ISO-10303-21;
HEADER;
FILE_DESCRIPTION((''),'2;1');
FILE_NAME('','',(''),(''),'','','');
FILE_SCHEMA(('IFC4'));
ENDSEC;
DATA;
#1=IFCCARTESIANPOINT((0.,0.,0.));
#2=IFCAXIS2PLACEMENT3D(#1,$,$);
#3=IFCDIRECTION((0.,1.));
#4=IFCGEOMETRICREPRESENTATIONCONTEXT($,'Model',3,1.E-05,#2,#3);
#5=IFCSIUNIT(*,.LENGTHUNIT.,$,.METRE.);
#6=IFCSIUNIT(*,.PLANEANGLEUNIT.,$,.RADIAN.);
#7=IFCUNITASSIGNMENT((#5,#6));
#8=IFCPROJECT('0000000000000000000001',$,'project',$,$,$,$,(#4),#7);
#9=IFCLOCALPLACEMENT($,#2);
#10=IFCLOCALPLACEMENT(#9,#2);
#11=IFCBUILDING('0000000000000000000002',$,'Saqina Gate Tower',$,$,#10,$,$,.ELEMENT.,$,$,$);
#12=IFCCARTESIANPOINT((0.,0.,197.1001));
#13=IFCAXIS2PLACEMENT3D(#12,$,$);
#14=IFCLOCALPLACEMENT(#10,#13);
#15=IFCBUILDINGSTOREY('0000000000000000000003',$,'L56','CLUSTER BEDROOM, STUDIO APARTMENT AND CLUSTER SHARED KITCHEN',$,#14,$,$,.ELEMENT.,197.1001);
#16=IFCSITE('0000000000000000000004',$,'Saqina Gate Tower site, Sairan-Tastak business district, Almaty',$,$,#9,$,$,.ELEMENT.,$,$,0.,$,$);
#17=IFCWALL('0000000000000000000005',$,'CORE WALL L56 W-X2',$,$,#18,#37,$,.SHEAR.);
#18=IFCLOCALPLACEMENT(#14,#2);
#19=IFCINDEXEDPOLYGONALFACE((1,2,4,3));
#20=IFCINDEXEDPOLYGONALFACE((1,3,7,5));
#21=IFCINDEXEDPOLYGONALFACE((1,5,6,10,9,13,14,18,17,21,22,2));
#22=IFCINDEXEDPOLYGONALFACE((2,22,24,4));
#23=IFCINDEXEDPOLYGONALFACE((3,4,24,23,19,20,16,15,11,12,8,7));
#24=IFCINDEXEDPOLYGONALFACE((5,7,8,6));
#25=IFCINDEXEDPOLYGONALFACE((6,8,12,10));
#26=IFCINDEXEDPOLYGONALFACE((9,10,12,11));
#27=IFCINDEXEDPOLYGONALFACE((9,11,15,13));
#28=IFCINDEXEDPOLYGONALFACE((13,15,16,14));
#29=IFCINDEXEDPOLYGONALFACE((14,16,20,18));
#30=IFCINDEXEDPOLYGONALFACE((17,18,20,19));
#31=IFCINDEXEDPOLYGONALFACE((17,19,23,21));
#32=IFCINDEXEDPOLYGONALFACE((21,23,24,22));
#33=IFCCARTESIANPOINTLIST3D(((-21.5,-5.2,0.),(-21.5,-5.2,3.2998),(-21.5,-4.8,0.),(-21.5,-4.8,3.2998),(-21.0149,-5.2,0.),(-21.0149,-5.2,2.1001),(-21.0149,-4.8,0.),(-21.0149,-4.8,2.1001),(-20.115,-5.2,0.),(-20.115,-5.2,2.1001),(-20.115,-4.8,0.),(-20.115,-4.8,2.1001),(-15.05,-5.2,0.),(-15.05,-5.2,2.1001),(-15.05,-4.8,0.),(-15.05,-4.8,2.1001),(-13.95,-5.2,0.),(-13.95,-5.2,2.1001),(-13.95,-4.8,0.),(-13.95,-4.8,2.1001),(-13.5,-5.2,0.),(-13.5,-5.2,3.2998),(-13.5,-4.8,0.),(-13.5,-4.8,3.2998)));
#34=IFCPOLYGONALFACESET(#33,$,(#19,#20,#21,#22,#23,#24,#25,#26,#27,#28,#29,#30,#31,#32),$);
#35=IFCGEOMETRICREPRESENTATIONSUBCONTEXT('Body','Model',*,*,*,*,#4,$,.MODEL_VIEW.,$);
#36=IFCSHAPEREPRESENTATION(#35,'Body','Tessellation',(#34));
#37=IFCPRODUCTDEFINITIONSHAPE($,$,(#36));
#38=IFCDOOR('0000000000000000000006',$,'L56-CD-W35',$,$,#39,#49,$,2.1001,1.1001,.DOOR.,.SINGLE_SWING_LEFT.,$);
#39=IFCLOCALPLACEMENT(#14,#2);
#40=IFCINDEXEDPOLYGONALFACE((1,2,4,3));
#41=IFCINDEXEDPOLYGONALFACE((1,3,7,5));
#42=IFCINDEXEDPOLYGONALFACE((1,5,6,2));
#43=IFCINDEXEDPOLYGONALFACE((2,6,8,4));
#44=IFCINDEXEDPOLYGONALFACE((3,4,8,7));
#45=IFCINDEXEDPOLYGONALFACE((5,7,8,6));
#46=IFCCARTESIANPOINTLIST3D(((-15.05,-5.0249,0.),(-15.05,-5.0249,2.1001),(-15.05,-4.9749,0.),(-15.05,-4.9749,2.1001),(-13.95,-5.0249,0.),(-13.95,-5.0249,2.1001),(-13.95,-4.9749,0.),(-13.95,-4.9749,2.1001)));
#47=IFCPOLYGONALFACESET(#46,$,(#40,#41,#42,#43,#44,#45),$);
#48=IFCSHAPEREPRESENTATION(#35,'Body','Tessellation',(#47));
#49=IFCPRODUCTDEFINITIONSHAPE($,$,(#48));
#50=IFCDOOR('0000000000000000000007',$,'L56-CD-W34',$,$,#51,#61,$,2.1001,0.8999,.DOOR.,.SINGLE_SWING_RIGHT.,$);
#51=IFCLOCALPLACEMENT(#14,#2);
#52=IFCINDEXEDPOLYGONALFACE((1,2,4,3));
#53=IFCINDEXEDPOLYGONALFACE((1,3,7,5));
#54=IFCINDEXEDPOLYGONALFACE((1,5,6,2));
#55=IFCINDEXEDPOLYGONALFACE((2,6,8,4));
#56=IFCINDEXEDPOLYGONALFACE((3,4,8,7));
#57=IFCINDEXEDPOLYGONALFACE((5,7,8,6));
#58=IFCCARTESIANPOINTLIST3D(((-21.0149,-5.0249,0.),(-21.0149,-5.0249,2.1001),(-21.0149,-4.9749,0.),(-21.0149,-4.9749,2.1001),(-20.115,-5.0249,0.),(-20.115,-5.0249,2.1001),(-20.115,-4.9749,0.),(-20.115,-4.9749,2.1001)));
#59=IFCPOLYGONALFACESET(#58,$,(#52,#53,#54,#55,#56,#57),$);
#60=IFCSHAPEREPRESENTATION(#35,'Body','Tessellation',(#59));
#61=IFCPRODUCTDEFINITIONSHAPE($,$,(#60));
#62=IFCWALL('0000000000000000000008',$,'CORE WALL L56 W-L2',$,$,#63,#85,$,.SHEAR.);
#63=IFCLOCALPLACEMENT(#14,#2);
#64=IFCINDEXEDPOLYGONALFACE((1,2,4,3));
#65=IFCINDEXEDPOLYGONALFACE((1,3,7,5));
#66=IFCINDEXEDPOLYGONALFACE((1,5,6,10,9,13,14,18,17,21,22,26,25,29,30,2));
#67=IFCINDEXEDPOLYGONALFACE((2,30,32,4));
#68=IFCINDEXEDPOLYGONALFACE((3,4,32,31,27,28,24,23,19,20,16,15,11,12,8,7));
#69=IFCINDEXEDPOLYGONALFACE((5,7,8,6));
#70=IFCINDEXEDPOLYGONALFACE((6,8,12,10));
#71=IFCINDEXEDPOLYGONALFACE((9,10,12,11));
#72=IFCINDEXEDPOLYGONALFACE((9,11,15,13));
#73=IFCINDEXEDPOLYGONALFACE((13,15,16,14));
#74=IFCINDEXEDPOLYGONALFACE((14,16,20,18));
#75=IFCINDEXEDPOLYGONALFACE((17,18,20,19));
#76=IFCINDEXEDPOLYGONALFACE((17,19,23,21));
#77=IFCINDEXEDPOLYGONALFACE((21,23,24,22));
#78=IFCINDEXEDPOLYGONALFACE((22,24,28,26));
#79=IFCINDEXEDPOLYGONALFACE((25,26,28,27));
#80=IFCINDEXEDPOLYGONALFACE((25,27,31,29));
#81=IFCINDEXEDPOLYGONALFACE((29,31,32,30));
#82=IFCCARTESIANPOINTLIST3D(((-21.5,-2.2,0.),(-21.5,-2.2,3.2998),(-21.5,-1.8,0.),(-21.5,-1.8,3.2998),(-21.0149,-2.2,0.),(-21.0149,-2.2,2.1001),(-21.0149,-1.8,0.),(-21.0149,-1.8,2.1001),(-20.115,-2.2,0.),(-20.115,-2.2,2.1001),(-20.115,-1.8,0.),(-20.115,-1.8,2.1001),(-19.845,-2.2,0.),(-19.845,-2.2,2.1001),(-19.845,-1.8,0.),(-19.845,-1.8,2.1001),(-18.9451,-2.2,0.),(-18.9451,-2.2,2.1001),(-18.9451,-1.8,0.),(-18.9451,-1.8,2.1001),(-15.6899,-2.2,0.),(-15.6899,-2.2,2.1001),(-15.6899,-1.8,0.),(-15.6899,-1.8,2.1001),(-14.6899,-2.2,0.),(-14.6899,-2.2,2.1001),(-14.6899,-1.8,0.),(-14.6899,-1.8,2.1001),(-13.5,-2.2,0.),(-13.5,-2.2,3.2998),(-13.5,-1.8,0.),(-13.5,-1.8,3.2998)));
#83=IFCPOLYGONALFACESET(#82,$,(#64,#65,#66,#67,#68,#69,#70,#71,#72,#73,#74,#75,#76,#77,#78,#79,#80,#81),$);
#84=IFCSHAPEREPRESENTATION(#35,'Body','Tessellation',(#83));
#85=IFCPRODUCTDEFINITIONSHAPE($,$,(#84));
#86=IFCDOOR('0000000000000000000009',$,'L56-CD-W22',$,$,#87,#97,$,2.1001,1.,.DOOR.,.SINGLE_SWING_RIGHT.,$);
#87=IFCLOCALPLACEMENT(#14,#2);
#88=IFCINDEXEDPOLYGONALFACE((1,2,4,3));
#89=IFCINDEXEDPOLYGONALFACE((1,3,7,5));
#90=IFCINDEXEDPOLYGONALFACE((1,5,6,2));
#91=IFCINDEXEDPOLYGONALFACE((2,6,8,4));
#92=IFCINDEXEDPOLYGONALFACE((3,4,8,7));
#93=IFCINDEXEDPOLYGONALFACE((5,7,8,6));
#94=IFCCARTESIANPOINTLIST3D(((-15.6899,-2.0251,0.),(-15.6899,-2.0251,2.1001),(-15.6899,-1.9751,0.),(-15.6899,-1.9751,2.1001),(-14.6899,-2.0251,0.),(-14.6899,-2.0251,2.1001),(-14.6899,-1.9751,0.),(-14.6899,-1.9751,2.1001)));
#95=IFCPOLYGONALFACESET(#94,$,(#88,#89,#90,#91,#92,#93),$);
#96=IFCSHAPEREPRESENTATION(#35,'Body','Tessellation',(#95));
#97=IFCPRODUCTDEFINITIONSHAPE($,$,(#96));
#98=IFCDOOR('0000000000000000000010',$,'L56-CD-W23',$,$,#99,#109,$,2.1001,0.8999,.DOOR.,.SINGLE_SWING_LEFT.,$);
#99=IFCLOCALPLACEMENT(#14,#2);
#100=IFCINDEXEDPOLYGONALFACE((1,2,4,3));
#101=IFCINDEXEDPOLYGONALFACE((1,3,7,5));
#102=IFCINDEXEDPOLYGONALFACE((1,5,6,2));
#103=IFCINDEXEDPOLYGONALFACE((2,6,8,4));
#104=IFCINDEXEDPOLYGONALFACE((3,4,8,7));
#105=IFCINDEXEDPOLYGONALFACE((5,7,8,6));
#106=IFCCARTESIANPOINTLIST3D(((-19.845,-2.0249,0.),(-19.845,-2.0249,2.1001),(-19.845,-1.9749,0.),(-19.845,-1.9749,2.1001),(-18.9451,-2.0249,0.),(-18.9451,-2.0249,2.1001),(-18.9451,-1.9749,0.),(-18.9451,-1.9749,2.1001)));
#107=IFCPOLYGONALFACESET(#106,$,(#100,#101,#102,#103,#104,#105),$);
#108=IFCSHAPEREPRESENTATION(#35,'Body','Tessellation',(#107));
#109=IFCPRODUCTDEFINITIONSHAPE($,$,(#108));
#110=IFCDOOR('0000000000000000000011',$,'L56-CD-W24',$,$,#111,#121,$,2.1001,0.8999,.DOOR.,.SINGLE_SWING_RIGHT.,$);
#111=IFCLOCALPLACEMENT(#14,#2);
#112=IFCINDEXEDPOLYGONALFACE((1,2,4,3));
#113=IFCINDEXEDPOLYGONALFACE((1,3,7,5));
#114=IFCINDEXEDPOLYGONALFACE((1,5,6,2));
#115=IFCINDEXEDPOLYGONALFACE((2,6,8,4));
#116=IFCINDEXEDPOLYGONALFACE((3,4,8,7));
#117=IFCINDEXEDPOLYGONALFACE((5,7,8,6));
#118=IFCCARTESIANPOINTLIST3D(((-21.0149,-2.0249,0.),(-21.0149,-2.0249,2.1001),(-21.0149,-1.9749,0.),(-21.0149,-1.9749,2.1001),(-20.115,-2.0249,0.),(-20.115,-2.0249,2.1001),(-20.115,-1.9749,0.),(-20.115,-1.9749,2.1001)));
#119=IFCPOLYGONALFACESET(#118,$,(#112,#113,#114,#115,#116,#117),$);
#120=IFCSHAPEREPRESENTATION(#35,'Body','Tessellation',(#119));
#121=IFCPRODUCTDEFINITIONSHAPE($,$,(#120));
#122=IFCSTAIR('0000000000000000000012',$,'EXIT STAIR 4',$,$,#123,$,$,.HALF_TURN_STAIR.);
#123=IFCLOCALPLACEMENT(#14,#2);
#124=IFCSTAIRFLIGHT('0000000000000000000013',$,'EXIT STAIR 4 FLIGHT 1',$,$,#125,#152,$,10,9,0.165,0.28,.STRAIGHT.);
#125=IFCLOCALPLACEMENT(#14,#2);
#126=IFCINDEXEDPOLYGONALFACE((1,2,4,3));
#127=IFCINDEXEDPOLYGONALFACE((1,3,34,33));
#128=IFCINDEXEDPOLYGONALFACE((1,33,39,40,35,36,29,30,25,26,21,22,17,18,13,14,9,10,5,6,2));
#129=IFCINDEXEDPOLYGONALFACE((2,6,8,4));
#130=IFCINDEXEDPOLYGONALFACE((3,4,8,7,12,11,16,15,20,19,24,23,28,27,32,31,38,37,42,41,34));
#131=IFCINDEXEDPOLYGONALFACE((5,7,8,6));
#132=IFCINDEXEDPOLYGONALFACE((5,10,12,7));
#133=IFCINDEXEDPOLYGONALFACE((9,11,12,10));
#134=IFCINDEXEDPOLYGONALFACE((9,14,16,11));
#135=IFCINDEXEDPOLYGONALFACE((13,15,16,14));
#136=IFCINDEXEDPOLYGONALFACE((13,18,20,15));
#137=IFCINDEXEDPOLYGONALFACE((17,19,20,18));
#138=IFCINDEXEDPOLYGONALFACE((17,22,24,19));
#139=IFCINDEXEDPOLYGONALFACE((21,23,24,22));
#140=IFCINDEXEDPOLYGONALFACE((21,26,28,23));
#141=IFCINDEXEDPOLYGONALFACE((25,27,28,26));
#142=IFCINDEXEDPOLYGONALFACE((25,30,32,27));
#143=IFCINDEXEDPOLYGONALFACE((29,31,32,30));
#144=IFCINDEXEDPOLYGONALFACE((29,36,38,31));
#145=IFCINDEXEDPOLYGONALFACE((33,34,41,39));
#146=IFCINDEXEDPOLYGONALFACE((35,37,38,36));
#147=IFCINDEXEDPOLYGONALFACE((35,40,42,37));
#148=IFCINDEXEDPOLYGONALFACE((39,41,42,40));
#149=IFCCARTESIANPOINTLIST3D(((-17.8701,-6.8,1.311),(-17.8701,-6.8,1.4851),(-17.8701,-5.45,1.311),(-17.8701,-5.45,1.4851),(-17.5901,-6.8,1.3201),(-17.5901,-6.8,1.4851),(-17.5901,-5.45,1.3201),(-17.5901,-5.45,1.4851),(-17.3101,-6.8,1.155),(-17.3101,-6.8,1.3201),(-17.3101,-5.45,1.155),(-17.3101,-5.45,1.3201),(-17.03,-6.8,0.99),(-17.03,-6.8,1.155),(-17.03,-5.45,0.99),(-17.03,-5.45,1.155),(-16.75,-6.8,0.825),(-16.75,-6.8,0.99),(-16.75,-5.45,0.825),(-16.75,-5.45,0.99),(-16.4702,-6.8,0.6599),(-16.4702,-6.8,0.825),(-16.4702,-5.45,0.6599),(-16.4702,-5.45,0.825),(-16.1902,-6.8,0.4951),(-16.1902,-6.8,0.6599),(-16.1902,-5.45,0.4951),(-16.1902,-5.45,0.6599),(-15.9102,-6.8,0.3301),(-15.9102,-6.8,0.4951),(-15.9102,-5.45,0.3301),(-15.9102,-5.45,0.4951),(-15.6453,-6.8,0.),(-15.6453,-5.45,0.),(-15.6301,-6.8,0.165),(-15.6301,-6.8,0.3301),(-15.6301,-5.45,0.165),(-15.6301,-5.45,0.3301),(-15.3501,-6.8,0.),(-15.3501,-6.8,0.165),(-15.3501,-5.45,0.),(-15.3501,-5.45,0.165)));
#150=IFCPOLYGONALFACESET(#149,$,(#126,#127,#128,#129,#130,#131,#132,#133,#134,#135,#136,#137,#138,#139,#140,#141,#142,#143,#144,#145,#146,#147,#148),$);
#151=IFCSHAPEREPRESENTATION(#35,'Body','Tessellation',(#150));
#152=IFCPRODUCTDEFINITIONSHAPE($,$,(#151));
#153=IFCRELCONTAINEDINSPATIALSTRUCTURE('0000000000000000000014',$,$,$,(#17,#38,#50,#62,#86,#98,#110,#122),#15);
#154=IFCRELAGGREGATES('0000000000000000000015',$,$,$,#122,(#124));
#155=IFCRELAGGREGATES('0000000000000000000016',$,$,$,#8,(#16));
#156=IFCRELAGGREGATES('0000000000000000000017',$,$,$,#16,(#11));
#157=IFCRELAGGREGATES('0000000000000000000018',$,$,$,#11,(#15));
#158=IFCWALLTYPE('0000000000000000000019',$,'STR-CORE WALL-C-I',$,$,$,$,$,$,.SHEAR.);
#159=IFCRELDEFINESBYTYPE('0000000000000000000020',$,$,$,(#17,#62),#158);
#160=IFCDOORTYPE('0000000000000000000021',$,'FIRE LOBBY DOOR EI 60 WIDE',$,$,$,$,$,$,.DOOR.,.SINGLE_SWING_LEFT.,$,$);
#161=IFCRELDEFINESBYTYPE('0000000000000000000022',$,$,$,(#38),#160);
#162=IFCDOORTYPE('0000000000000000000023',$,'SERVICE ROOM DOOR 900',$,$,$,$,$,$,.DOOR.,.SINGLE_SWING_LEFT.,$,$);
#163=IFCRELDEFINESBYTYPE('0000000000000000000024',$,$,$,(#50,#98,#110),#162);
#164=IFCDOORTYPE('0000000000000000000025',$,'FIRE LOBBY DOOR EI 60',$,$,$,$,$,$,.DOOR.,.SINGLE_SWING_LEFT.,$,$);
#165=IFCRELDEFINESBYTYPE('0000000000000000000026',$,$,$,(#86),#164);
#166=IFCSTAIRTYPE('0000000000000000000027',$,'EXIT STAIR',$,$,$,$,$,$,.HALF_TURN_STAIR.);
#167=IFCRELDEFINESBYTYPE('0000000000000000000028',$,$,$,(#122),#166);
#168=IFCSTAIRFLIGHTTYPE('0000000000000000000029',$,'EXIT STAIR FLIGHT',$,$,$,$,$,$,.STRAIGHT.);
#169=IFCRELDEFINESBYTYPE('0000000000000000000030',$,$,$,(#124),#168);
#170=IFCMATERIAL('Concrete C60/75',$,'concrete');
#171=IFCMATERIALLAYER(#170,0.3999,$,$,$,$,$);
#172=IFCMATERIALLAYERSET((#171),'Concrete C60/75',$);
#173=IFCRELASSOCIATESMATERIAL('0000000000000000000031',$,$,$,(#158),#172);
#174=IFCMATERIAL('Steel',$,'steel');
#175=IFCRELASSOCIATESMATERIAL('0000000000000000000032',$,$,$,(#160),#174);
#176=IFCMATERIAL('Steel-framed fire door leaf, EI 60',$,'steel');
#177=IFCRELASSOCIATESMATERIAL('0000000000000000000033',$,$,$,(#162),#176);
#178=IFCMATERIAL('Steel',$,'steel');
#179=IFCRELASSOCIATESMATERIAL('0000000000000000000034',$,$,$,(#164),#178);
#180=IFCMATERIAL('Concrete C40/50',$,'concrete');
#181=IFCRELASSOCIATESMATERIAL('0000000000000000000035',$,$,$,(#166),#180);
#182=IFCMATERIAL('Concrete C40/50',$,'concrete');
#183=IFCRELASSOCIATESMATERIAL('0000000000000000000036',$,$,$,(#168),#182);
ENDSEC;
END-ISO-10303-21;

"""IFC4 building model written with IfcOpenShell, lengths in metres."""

from ifc_helpers import new_model, si_unit, direction, frame, frame_2d, origin, place, context, subcontext, project, spatial, polyline, rectangle, outline, extrude, material, layer, layer_set, type_object, element, fill, aggregate, save


model = new_model("IFC4")

# Units and contexts
model_context = context("Model", 3, precision=1e-05, world=origin(), true_north=direction((0.0, 1.0)))
body_context = subcontext(model_context, "Body", "Model", "MODEL_VIEW")
ifc_project = project(units=[si_unit("LENGTHUNIT", "METRE"), si_unit("PLANEANGLEUNIT", "RADIAN")], contexts=[model_context])

# Site, building, storey
site_placement = place(None, origin())
site = spatial("IfcSite", under=ifc_project, at=site_placement, Name="Saqina Gate Tower site, Sairan-Tastak business district, Almaty", CompositionType="ELEMENT", RefElevation=0.0)
building_placement = place(site_placement, origin())
building = spatial("IfcBuilding", under=site, at=building_placement, Name="Saqina Gate Tower", CompositionType="ELEMENT")
storey_placement = place(building_placement, frame((0.0, 0.0, 197.1001)))
storey = spatial("IfcBuildingStorey", under=building, at=storey_placement, Name="L56", Description="CLUSTER BEDROOM, STUDIO APARTMENT AND CLUSTER SHARED KITCHEN", CompositionType="ELEMENT", Elevation=197.1001)

# Walls, openings, doors
ifc_material_1 = material(Name="Concrete C60/75", Category="concrete")
ifc_layer_1 = layer(ifc_material_1, 0.3999)
ifc_layer_set_1 = layer_set([ifc_layer_1], Name="Concrete C60/75")
wall_type_1 = type_object("IfcWallType", Name="STR-CORE WALL-C-I", PredefinedType="SHEAR", material=ifc_layer_set_1)
wall_1_placement = place(storey_placement, frame((-13.5, -5.0, 0.0), z_axis=(0.0, 0.0, 1.0), x_axis=(-1.0, 0.0, 0.0)))
wall_1 = element("IfcWall", 1, at=wall_1_placement, inside=storey, type_object=wall_type_1, Name="CORE WALL L56 W-X2", PredefinedType="SHEAR", context=body_context, shape_type="SweptSolid", body=[
    extrude(rectangle(XDim=8.0, YDim=0.3999, at=frame_2d((4.0, 0.0))), origin(), (0.0, 0.0, 1.0), 3.2998),
])
opening_1_placement = place(wall_1_placement, frame((6.615, 0.0, 0.0)))
opening_1 = element("IfcOpeningElement", 2, at=opening_1_placement, cuts=wall_1, PredefinedType="OPENING", context=body_context, shape_type="SweptSolid", body=[
    extrude(rectangle(XDim=0.8999, YDim=2.1001, at=frame_2d((0.45, 1.05))), frame((0.0, 0.2119, 0.0), z_axis=(0.0, -1.0, 0.0), x_axis=(1.0, 0.0, 0.0)), (0.0, 0.0, 1.0), 0.4238),
])
opening_2_placement = place(wall_1_placement, frame((0.45, 0.0, 0.0)))
opening_2 = element("IfcOpeningElement", 3, at=opening_2_placement, cuts=wall_1, PredefinedType="OPENING", context=body_context, shape_type="SweptSolid", body=[
    extrude(rectangle(XDim=1.1001, YDim=2.1001, at=frame_2d((0.55, 1.05))), frame((0.0, 0.2119, 0.0), z_axis=(0.0, -1.0, 0.0), x_axis=(1.0, 0.0, 0.0)), (0.0, 0.0, 1.0), 0.4238),
])
ifc_material_2 = material(Name="Steel", Category="steel")
door_type_1 = type_object("IfcDoorType", Name="FIRE LOBBY DOOR EI 60 WIDE", OperationType="SINGLE_SWING_LEFT", PredefinedType="DOOR", material=ifc_material_2)
door_1_placement = place(opening_2_placement, origin())
door_1 = element("IfcDoor", 4, at=door_1_placement, inside=storey, type_object=door_type_1, Name="L56-CD-W35", OperationType="SINGLE_SWING_LEFT", OverallHeight=2.1001, OverallWidth=1.1001, PredefinedType="DOOR", context=body_context, shape_type="SweptSolid", body=[
    extrude(rectangle(XDim=1.1001, YDim=2.1001, at=frame_2d((0.55, 1.05))), frame((0.0, 0.0249, 0.0), z_axis=(0.0, -1.0, 0.0), x_axis=(1.0, 0.0, 0.0)), (0.0, 0.0, 1.0), 0.05),
])
fill(opening_2, door_1)
ifc_material_3 = material(Name="Steel-framed fire door leaf, EI 60", Category="steel")
door_type_2 = type_object("IfcDoorType", Name="SERVICE ROOM DOOR 900", OperationType="SINGLE_SWING_LEFT", PredefinedType="DOOR", material=ifc_material_3)
door_2_placement = place(opening_1_placement, origin())
door_2 = element("IfcDoor", 5, at=door_2_placement, inside=storey, type_object=door_type_2, Name="L56-CD-W34", OperationType="SINGLE_SWING_RIGHT", OverallHeight=2.1001, OverallWidth=0.8999, PredefinedType="DOOR", context=body_context, shape_type="SweptSolid", body=[
    extrude(rectangle(XDim=0.8999, YDim=2.1001, at=frame_2d((0.45, 1.05))), frame((0.0, 0.0249, 0.0), z_axis=(0.0, -1.0, 0.0), x_axis=(1.0, 0.0, 0.0)), (0.0, 0.0, 1.0), 0.05),
])
fill(opening_1, door_2)
wall_2_placement = place(storey_placement, frame((-13.5, -2.0, 0.0), z_axis=(0.0, 0.0, 1.0), x_axis=(-1.0, 0.0, 0.0)))
wall_2 = element("IfcWall", 6, at=wall_2_placement, inside=storey, type_object=wall_type_1, Name="CORE WALL L56 W-L2", PredefinedType="SHEAR", context=body_context, shape_type="SweptSolid", body=[
    extrude(rectangle(XDim=8.0, YDim=0.3999, at=frame_2d((4.0, 0.0))), origin(), (0.0, 0.0, 1.0), 3.2998),
])
opening_3_placement = place(wall_2_placement, frame((1.1899, 0.0, 0.0)))
opening_3 = element("IfcOpeningElement", 7, at=opening_3_placement, cuts=wall_2, PredefinedType="OPENING", context=body_context, shape_type="SweptSolid", body=[
    extrude(rectangle(XDim=1.0, YDim=2.1001, at=frame_2d((0.5, 1.05))), frame((0.0, 0.2119, 0.0), z_axis=(0.0, -1.0, 0.0), x_axis=(1.0, 0.0, 0.0)), (0.0, 0.0, 1.0), 0.4238),
])
opening_4_placement = place(wall_2_placement, frame((5.4451, 0.0, 0.0)))
opening_4 = element("IfcOpeningElement", 8, at=opening_4_placement, cuts=wall_2, PredefinedType="OPENING", context=body_context, shape_type="SweptSolid", body=[
    extrude(rectangle(XDim=0.8999, YDim=2.1001, at=frame_2d((0.45, 1.05))), frame((0.0, 0.2119, 0.0), z_axis=(0.0, -1.0, 0.0), x_axis=(1.0, 0.0, 0.0)), (0.0, 0.0, 1.0), 0.4238),
])
opening_5_placement = place(wall_2_placement, frame((6.615, 0.0, 0.0)))
opening_5 = element("IfcOpeningElement", 9, at=opening_5_placement, cuts=wall_2, PredefinedType="OPENING", context=body_context, shape_type="SweptSolid", body=[
    extrude(rectangle(XDim=0.8999, YDim=2.1001, at=frame_2d((0.45, 1.05))), frame((0.0, 0.2119, 0.0), z_axis=(0.0, -1.0, 0.0), x_axis=(1.0, 0.0, 0.0)), (0.0, 0.0, 1.0), 0.4238),
])
ifc_material_4 = material(Name="Steel", Category="steel")
door_type_3 = type_object("IfcDoorType", Name="FIRE LOBBY DOOR EI 60", OperationType="SINGLE_SWING_LEFT", PredefinedType="DOOR", material=ifc_material_4)
door_3_placement = place(opening_3_placement, frame((1.0, 0.0, 0.0), z_axis=(0.0, 0.0, 1.0), x_axis=(-1.0, 0.0, 0.0)))
door_3 = element("IfcDoor", 10, at=door_3_placement, inside=storey, type_object=door_type_3, Name="L56-CD-W22", OperationType="SINGLE_SWING_RIGHT", OverallHeight=2.1001, OverallWidth=1.0, PredefinedType="DOOR", context=body_context, shape_type="SweptSolid", body=[
    extrude(rectangle(XDim=1.0, YDim=2.1001, at=frame_2d((0.5, 1.05))), frame((0.0, 0.0249, 0.0), z_axis=(0.0, -1.0, 0.0), x_axis=(1.0, 0.0, 0.0)), (0.0, 0.0, 1.0), 0.05),
])
fill(opening_3, door_3)
door_4_placement = place(opening_4_placement, origin())
door_4 = element("IfcDoor", 11, at=door_4_placement, inside=storey, type_object=door_type_2, Name="L56-CD-W23", OperationType="SINGLE_SWING_LEFT", OverallHeight=2.1001, OverallWidth=0.8999, PredefinedType="DOOR", context=body_context, shape_type="SweptSolid", body=[
    extrude(rectangle(XDim=0.8999, YDim=2.1001, at=frame_2d((0.45, 1.05))), frame((0.0, 0.0249, 0.0), z_axis=(0.0, -1.0, 0.0), x_axis=(1.0, 0.0, 0.0)), (0.0, 0.0, 1.0), 0.05),
])
fill(opening_4, door_4)
door_5_placement = place(opening_5_placement, origin())
door_5 = element("IfcDoor", 12, at=door_5_placement, inside=storey, type_object=door_type_2, Name="L56-CD-W24", OperationType="SINGLE_SWING_RIGHT", OverallHeight=2.1001, OverallWidth=0.8999, PredefinedType="DOOR", context=body_context, shape_type="SweptSolid", body=[
    extrude(rectangle(XDim=0.8999, YDim=2.1001, at=frame_2d((0.45, 1.05))), frame((0.0, 0.0249, 0.0), z_axis=(0.0, -1.0, 0.0), x_axis=(1.0, 0.0, 0.0)), (0.0, 0.0, 1.0), 0.05),
])
fill(opening_5, door_5)

# Stair, stair flight
ifc_material_5 = material(Name="Concrete C40/50", Category="concrete")
stair_type = type_object("IfcStairType", Name="EXIT STAIR", PredefinedType="HALF_TURN_STAIR", material=ifc_material_5)
stair_placement = place(storey_placement, origin())
stair = element("IfcStair", 13, at=stair_placement, inside=storey, type_object=stair_type, Name="EXIT STAIR 4", PredefinedType="HALF_TURN_STAIR")
ifc_material_6 = material(Name="Concrete C40/50", Category="concrete")
stair_flight_type = type_object("IfcStairFlightType", Name="EXIT STAIR FLIGHT", PredefinedType="STRAIGHT", material=ifc_material_6)
stair_flight_placement = place(storey_placement, frame((-15.3501, -6.125, 0.0), z_axis=(0.0, 0.0, 1.0), x_axis=(-1.0, 0.0, 0.0)))
stair_flight = element("IfcStairFlight", 14, at=stair_flight_placement, type_object=stair_flight_type, Name="EXIT STAIR 4 FLIGHT 1", NumberOfRisers=10, NumberOfTreads=9, PredefinedType="STRAIGHT", RiserHeight=0.165, TreadLength=0.28, context=body_context, shape_type="SweptSolid", body=[
    extrude(outline(polyline([(0.0, 0.0), (0.0, 0.165), (0.28, 0.165), (0.28, 0.3301), (0.5601, 0.3301), (0.5601, 0.4951), (0.8401, 0.4951), (0.8401, 0.6599), (1.1201, 0.6599), (1.1201, 0.825), (1.3999, 0.825), (1.3999, 0.99), (1.6799, 0.99), (1.6799, 1.155), (1.96, 1.155), (1.96, 1.3201), (2.24, 1.3201), (2.24, 1.4851), (2.52, 1.4851), (2.52, 1.6499), (2.52, 1.311), (0.2952, 0.0), (0.0, 0.0)])), frame((0.0, 0.675, 0.0), z_axis=(0.0, -1.0, 0.0), x_axis=(1.0, 0.0, 0.0)), (0.0, 0.0, 1.0), 1.3501),
])
aggregate(stair, [stair_flight])

save(model, "model.ifc")
